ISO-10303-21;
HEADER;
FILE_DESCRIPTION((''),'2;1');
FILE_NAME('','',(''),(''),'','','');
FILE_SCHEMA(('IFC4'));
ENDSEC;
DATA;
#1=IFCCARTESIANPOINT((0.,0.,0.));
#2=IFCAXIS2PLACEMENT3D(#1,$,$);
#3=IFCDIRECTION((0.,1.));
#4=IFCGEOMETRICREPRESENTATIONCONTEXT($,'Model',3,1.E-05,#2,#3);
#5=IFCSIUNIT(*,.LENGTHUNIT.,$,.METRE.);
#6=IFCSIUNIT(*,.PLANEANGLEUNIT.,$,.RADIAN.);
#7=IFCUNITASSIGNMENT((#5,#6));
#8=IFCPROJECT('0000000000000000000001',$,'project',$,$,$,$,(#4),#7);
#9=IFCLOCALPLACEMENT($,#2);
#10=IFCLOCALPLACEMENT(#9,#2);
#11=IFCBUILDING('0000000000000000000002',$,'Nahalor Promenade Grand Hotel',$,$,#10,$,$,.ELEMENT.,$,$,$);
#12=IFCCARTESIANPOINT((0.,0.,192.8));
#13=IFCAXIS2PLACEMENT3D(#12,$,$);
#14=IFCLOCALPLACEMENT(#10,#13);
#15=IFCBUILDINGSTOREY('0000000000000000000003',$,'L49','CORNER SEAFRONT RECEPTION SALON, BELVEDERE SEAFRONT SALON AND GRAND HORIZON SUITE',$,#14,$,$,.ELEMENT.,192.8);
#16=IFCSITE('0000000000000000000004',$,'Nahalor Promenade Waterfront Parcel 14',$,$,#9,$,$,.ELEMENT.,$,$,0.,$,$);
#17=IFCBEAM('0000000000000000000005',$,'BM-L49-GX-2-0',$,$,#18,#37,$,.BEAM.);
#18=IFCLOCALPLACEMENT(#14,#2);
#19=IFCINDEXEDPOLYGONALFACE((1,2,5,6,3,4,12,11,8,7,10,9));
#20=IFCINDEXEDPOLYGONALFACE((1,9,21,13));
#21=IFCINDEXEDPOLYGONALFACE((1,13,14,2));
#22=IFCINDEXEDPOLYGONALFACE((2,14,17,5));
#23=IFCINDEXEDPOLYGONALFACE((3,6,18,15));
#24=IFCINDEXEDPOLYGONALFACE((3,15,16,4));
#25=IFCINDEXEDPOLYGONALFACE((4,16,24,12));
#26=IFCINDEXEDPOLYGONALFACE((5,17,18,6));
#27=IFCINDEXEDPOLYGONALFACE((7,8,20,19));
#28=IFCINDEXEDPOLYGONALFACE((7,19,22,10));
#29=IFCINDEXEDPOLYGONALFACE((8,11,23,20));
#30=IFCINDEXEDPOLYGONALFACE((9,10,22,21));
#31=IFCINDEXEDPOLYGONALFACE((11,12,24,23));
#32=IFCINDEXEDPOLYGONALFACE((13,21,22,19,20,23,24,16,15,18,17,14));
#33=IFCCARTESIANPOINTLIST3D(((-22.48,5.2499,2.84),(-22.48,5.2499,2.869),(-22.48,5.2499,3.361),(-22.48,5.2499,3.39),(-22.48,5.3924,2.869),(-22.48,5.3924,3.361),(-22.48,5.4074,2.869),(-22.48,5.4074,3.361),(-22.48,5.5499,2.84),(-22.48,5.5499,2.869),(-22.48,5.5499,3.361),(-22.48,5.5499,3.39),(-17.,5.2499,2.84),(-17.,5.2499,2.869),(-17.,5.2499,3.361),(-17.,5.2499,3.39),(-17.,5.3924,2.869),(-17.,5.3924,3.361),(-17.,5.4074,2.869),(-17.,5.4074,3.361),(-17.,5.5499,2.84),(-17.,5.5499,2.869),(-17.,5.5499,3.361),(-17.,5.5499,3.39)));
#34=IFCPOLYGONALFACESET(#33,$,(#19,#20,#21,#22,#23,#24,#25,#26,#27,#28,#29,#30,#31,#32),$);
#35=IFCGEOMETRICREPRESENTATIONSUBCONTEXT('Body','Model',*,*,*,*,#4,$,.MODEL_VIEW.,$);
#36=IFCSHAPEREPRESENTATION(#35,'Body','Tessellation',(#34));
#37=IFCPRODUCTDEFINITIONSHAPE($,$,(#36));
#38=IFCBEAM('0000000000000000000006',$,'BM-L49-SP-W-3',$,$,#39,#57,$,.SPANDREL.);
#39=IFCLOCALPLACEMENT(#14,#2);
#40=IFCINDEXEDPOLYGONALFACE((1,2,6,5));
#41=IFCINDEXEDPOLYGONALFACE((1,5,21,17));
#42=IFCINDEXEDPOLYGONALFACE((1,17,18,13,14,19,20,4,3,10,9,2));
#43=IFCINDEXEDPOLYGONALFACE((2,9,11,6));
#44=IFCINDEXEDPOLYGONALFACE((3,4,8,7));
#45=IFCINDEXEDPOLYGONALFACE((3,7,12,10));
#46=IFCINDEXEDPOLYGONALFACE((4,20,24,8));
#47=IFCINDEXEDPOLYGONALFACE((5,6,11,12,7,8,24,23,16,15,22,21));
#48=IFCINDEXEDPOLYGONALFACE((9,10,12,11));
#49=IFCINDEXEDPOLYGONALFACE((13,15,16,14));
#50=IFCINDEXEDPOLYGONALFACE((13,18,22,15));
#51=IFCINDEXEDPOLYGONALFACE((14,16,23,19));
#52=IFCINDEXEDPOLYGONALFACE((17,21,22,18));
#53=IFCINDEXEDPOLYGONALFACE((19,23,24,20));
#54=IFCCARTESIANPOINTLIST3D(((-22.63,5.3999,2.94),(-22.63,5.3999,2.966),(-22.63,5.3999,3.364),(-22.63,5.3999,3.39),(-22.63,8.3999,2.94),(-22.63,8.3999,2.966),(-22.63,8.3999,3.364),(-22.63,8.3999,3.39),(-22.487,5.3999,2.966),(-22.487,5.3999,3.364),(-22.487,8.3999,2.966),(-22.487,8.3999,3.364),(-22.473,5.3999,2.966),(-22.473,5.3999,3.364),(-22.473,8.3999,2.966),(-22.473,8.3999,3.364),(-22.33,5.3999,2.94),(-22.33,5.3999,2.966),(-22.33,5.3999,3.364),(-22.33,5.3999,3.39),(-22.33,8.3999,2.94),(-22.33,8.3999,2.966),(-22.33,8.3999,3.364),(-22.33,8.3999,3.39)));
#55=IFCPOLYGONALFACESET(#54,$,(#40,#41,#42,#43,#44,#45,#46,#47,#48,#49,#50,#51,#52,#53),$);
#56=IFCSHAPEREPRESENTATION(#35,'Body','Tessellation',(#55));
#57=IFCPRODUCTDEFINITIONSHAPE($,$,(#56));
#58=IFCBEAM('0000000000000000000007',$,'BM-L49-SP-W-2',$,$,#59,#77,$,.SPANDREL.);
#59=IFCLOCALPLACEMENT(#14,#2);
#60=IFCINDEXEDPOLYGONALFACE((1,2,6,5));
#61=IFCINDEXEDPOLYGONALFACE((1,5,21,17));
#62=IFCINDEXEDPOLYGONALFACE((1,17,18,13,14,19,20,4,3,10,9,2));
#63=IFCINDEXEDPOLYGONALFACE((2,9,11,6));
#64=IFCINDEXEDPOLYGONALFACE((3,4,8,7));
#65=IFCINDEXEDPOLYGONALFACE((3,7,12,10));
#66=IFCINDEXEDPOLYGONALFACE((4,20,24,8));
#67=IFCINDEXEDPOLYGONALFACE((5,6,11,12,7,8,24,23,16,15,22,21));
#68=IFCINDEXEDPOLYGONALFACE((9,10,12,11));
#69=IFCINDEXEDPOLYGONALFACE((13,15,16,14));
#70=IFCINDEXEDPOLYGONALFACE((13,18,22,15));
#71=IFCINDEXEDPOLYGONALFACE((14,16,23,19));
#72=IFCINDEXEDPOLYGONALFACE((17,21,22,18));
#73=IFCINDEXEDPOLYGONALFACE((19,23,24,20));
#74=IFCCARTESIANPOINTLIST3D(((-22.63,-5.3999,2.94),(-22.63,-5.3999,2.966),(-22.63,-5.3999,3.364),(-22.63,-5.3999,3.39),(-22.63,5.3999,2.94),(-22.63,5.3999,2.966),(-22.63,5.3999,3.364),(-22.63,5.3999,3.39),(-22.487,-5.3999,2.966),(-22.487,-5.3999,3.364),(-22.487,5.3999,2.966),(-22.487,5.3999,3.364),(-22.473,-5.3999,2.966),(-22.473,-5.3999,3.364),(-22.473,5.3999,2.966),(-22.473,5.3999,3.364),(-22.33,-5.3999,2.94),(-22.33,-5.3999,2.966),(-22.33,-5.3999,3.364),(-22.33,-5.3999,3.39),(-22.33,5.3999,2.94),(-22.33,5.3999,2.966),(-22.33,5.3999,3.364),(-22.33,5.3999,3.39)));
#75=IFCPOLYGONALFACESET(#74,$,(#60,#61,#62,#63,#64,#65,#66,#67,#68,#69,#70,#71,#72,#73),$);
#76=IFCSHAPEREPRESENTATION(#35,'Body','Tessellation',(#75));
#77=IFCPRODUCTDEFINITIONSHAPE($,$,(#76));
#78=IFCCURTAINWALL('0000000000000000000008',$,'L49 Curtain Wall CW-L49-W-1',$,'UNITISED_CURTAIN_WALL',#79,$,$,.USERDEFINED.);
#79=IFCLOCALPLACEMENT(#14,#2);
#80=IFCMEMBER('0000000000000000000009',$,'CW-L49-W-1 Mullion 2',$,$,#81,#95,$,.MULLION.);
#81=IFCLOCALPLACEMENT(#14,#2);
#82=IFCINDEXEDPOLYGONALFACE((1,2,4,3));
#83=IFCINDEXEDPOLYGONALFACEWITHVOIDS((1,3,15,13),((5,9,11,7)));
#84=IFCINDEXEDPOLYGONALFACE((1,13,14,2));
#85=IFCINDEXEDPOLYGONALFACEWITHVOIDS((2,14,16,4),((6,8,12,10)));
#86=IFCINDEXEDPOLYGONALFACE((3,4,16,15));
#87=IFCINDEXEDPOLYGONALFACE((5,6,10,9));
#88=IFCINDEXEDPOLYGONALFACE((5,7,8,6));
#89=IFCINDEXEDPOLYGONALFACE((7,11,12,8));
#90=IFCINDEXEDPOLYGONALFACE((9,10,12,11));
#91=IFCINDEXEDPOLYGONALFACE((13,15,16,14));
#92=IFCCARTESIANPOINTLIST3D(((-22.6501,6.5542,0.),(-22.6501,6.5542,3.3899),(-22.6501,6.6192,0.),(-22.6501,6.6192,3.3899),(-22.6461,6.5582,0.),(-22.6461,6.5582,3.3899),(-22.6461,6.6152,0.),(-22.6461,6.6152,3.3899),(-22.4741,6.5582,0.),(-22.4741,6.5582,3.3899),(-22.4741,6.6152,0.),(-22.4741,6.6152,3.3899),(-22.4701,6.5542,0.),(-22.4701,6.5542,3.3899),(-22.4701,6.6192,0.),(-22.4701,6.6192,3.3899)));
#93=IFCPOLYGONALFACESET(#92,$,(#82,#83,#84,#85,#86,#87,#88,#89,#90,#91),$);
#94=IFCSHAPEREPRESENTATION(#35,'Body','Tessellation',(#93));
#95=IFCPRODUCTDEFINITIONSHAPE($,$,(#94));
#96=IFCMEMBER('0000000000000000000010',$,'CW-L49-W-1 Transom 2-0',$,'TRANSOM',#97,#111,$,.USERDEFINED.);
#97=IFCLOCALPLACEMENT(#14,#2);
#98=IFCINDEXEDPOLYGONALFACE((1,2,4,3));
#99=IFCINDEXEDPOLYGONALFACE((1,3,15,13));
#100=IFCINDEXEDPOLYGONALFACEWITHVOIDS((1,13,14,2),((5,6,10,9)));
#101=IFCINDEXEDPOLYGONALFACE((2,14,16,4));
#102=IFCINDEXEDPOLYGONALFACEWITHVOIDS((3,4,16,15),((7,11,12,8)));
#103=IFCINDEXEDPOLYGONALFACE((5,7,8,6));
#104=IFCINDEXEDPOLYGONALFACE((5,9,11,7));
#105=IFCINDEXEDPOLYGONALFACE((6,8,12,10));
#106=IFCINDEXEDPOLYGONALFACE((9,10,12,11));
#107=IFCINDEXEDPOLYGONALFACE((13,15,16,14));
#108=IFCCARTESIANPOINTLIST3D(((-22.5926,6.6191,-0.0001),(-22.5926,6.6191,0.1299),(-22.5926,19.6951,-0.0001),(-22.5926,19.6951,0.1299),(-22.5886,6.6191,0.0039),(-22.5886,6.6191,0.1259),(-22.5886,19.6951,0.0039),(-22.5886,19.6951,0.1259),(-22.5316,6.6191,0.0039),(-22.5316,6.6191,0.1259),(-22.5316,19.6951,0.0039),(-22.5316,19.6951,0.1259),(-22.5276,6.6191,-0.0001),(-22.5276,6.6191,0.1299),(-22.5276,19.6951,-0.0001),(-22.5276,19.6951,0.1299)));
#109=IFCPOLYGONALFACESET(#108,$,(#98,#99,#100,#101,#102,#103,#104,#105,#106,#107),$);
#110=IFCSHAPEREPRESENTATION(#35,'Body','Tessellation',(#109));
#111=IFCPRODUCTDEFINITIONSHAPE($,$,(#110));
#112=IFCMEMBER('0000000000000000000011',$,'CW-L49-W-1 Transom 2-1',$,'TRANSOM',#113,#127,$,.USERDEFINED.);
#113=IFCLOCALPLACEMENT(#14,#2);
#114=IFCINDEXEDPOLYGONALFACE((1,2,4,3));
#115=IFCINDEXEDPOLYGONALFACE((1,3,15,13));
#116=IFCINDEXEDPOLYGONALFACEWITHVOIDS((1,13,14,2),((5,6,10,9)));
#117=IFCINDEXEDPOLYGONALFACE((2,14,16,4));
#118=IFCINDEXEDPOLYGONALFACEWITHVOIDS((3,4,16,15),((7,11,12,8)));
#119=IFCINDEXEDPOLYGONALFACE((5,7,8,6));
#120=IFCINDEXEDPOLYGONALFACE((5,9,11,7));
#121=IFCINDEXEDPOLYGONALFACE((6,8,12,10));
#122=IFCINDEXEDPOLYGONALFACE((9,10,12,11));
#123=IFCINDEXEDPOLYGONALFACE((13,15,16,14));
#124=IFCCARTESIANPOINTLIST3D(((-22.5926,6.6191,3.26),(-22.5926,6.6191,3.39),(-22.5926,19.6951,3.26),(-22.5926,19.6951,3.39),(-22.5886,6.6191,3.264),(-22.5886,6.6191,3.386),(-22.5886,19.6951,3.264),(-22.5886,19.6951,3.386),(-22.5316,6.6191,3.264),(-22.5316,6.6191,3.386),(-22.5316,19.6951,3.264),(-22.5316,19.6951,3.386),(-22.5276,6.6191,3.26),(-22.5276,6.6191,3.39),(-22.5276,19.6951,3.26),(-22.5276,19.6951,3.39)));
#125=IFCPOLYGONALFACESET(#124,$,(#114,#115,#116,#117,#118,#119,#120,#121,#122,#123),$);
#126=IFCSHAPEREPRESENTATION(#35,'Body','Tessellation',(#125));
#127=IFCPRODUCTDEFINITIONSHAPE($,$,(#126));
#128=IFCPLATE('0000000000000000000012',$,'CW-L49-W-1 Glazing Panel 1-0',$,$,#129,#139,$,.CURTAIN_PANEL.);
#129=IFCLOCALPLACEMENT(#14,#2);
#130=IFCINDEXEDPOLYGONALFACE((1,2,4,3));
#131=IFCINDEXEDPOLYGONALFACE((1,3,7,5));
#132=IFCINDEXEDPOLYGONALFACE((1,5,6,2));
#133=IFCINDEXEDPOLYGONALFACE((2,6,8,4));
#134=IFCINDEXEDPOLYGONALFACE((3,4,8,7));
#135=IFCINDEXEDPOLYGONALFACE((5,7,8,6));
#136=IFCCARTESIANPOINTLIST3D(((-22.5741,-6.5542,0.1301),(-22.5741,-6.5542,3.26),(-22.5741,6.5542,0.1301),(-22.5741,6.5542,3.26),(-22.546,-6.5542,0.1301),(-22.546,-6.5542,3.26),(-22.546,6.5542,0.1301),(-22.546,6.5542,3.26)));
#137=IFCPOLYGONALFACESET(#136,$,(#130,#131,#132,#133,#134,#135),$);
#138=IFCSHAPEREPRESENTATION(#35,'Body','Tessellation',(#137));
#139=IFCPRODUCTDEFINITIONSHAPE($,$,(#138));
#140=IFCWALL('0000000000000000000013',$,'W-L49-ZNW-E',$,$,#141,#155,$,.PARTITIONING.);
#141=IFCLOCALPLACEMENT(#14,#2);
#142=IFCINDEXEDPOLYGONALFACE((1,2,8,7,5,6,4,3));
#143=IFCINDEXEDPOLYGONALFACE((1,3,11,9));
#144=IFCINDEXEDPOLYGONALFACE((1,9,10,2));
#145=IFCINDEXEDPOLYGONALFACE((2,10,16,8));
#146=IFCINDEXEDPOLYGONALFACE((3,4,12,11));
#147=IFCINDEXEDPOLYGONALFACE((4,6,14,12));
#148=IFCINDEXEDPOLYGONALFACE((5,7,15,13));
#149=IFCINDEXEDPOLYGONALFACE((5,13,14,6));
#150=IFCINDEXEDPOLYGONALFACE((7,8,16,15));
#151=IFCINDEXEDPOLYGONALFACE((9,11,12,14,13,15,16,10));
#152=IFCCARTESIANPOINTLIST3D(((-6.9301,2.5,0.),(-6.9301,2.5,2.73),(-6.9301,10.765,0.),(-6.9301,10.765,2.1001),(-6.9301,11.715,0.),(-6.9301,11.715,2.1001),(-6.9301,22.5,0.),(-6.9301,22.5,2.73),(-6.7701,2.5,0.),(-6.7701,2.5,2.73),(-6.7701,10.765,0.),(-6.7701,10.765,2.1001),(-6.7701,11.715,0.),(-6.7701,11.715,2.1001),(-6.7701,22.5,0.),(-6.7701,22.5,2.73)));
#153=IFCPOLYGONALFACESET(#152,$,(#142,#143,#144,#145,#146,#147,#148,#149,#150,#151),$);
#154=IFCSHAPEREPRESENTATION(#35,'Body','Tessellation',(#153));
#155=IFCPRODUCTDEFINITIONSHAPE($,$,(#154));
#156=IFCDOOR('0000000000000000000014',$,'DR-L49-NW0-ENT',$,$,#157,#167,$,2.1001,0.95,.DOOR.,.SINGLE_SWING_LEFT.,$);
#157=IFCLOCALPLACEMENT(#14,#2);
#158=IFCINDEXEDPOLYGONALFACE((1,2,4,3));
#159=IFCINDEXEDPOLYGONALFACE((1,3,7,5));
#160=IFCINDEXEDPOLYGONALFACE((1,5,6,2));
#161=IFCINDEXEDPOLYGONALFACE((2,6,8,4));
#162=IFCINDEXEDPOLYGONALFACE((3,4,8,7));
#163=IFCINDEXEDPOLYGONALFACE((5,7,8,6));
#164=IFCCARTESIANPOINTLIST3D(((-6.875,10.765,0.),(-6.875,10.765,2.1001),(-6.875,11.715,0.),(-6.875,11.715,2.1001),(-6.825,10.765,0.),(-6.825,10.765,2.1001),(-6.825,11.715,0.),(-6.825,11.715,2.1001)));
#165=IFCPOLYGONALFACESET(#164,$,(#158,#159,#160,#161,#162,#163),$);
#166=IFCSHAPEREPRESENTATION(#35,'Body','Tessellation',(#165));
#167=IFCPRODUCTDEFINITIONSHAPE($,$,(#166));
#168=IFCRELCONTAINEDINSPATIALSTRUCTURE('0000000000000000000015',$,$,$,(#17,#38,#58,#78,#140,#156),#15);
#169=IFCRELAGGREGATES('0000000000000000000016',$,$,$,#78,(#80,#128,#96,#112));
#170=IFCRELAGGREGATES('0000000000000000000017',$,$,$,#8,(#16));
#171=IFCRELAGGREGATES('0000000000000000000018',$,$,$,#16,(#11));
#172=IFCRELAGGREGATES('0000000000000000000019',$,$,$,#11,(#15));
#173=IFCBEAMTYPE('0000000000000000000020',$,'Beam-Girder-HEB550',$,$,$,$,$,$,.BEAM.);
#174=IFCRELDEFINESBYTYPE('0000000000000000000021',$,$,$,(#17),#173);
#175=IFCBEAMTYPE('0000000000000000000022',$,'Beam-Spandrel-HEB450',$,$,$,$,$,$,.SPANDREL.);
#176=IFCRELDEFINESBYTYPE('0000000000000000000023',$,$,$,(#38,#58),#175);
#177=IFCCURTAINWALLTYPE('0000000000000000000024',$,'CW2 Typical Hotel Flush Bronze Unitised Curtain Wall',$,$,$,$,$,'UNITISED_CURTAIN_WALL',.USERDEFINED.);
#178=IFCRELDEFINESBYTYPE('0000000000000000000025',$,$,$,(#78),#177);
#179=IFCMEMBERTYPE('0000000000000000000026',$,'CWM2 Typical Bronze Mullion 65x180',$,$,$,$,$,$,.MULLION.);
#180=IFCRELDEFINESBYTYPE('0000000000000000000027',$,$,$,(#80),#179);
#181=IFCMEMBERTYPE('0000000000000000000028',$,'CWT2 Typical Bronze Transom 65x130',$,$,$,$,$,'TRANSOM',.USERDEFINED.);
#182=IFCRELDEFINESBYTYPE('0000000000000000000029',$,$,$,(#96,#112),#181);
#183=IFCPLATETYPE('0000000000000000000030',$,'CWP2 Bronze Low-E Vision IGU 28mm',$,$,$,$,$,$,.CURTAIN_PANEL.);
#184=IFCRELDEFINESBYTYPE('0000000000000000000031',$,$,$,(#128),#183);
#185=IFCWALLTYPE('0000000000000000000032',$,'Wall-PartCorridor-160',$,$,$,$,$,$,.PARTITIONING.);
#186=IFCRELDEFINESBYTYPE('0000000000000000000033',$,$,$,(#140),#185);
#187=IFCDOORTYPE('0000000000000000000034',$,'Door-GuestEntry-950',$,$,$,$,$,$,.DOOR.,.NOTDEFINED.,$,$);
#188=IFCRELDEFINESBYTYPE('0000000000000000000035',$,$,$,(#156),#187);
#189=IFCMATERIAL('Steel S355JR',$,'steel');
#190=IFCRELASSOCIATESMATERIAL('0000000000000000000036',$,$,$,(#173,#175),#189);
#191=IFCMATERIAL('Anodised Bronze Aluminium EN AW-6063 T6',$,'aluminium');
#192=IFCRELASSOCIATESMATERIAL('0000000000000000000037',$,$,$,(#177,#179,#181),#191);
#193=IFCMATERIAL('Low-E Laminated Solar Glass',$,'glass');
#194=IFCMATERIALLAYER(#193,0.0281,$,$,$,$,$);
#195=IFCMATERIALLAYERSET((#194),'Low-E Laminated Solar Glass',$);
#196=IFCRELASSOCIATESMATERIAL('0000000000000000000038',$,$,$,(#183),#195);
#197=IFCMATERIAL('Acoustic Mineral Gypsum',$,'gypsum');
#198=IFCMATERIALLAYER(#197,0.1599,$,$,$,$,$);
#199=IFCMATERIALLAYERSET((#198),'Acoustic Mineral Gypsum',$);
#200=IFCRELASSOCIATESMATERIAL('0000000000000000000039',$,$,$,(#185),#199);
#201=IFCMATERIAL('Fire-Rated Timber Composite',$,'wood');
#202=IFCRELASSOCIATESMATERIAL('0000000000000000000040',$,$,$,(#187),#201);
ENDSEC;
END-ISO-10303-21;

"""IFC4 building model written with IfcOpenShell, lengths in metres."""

from ifc_helpers import new_model, si_unit, direction, frame, frame_2d, origin, origin_2d, place, context, subcontext, project, spatial, rectangle, hollow_rectangle, i_section, extrude, source, transform, mapped, material, layer, layer_set, material_profile, profile_set, type_object, element, fill, aggregate, save


model = new_model("IFC4")

# Units and contexts
model_context = context("Model", 3, precision=1e-05, world=origin(), true_north=direction((0.0, 1.0)))
body_context = subcontext(model_context, "Body", "Model", "MODEL_VIEW")
ifc_project = project(units=[si_unit("LENGTHUNIT", "METRE"), si_unit("PLANEANGLEUNIT", "RADIAN")], contexts=[model_context])

# Site, building, storey
site_placement = place(None, origin())
site = spatial("IfcSite", under=ifc_project, at=site_placement, Name="Nahalor Promenade Waterfront Parcel 14", CompositionType="ELEMENT", RefElevation=0.0)
building_placement = place(site_placement, origin())
building = spatial("IfcBuilding", under=site, at=building_placement, Name="Nahalor Promenade Grand Hotel", CompositionType="ELEMENT")
storey_placement = place(building_placement, frame((0.0, 0.0, 192.8)))
storey = spatial("IfcBuildingStorey", under=building, at=storey_placement, Name="L49", Description="CORNER SEAFRONT RECEPTION SALON, BELVEDERE SEAFRONT SALON AND GRAND HORIZON SUITE", CompositionType="ELEMENT", Elevation=192.8)

# Beams
ifc_material_1 = material(Name="Steel S355JR", Category="steel")
ifc_material_profile_1 = material_profile(ifc_material_1, i_section(OverallWidth=0.3, OverallDepth=0.55, WebThickness=0.015, FlangeThickness=0.029, at=origin_2d()), Name="HEB 550")
ifc_profile_set_1 = profile_set([ifc_material_profile_1], Name="Steel S355JR")
beam_type_1 = type_object("IfcBeamType", Name="Beam-Girder-HEB550", PredefinedType="BEAM", material=ifc_profile_set_1)
shared_shape_1 = source(origin(), body_context, "Body", "SweptSolid", [
    extrude(i_section(OverallWidth=0.3, OverallDepth=0.55, WebThickness=0.015, FlangeThickness=0.029, at=origin_2d()), origin(), (0.0, 0.0, 1.0), 5.48),
])
beam_1_placement = place(storey_placement, frame((-22.48, 5.3999, 3.115), z_axis=(1.0, 0.0, 0.0), x_axis=(0.0, 1.0, 0.0)))
element("IfcBeam", 1, at=beam_1_placement, inside=storey, type_object=beam_type_1, Name="BM-L49-GX-2-0", PredefinedType="BEAM", context=body_context, shape_type="MappedRepresentation", body=[
    mapped(shared_shape_1, transform((0.0, 0.0, 0.0), scale=1.0)),
])
ifc_material_profile_2 = material_profile(ifc_material_1, i_section(OverallWidth=0.3, OverallDepth=0.45, WebThickness=0.014, FlangeThickness=0.026, at=origin_2d()), Name="HEB 450")
ifc_profile_set_2 = profile_set([ifc_material_profile_2], Name="Steel S355JR")
beam_type_2 = type_object("IfcBeamType", Name="Beam-Spandrel-HEB450", PredefinedType="SPANDREL", material=ifc_profile_set_2)
shared_shape_2 = source(origin(), body_context, "Body", "SweptSolid", [
    extrude(i_section(OverallWidth=0.3, OverallDepth=0.45, WebThickness=0.014, FlangeThickness=0.026, at=origin_2d()), origin(), (0.0, 0.0, 1.0), 3.0),
])
beam_2_placement = place(storey_placement, frame((-22.48, 5.3999, 3.165), z_axis=(0.0, 1.0, 0.0), x_axis=(-1.0, 0.0, 0.0)))
element("IfcBeam", 2, at=beam_2_placement, inside=storey, type_object=beam_type_2, Name="BM-L49-SP-W-3", PredefinedType="SPANDREL", context=body_context, shape_type="MappedRepresentation", body=[
    mapped(shared_shape_2, transform((0.0, 0.0, 0.0), scale=1.0)),
])
shared_shape_3 = source(origin(), body_context, "Body", "SweptSolid", [
    extrude(i_section(OverallWidth=0.3, OverallDepth=0.45, WebThickness=0.014, FlangeThickness=0.026, at=origin_2d()), origin(), (0.0, 0.0, 1.0), 10.7998),
])
beam_3_placement = place(storey_placement, frame((-22.48, -5.3999, 3.165), z_axis=(0.0, 1.0, 0.0), x_axis=(-1.0, 0.0, 0.0)))
element("IfcBeam", 3, at=beam_3_placement, inside=storey, type_object=beam_type_2, Name="BM-L49-SP-W-2", PredefinedType="SPANDREL", context=body_context, shape_type="MappedRepresentation", body=[
    mapped(shared_shape_3, transform((0.0, 0.0, 0.0), scale=1.0)),
])

# Curtain wall, members, plate
ifc_material_2 = material(Name="Anodised Bronze Aluminium EN AW-6063 T6", Category="aluminium")
curtain_wall_type = type_object("IfcCurtainWallType", Name="CW2 Typical Hotel Flush Bronze Unitised Curtain Wall", ElementType="UNITISED_CURTAIN_WALL", PredefinedType="USERDEFINED", material=ifc_material_2)
curtain_wall_placement = place(storey_placement, origin())
curtain_wall = element("IfcCurtainWall", 4, at=curtain_wall_placement, inside=storey, type_object=curtain_wall_type, Name="L49 Curtain Wall CW-L49-W-1", ObjectType="UNITISED_CURTAIN_WALL", PredefinedType="USERDEFINED")
ifc_material_profile_3 = material_profile(ifc_material_2, hollow_rectangle(XDim=0.065, YDim=0.18, WallThickness=0.004, at=origin_2d()), Name="CWM 65x180x4")
ifc_profile_set_3 = profile_set([ifc_material_profile_3], Name="Anodised Bronze Aluminium EN AW-6063 T6")
member_type_1 = type_object("IfcMemberType", Name="CWM2 Typical Bronze Mullion 65x180", PredefinedType="MULLION", material=ifc_profile_set_3)
shared_shape_4 = source(origin(), body_context, "Body", "SweptSolid", [
    extrude(hollow_rectangle(XDim=0.065, YDim=0.18, WallThickness=0.004, at=origin_2d()), origin(), (0.0, 0.0, 1.0), 3.3899),
])
member_1_placement = place(storey_placement, frame((-22.5601, 6.5867, 0.0), z_axis=(0.0, 0.0, 1.0), x_axis=(0.0, 1.0, 0.0)))
member_1 = element("IfcMember", 5, at=member_1_placement, type_object=member_type_1, Name="CW-L49-W-1 Mullion 2", PredefinedType="MULLION", context=body_context, shape_type="MappedRepresentation", body=[
    mapped(shared_shape_4, transform((0.0, 0.0, 0.0), scale=1.0)),
])
ifc_material_profile_4 = material_profile(ifc_material_2, hollow_rectangle(XDim=0.065, YDim=0.13, WallThickness=0.004, at=origin_2d()), Name="CWT 65x130x4")
ifc_profile_set_4 = profile_set([ifc_material_profile_4], Name="Anodised Bronze Aluminium EN AW-6063 T6")
member_type_2 = type_object("IfcMemberType", Name="CWT2 Typical Bronze Transom 65x130", ElementType="TRANSOM", PredefinedType="USERDEFINED", material=ifc_profile_set_4)
shared_shape_5 = source(origin(), body_context, "Body", "SweptSolid", [
    extrude(hollow_rectangle(XDim=0.065, YDim=0.13, WallThickness=0.004, at=origin_2d()), origin(), (0.0, 0.0, 1.0), 13.0759),
])
member_2_placement = place(storey_placement, frame((-22.5601, 6.6191, 0.0649), z_axis=(0.0, 1.0, 0.0), x_axis=(-1.0, 0.0, 0.0)))
member_2 = element("IfcMember", 6, at=member_2_placement, type_object=member_type_2, Name="CW-L49-W-1 Transom 2-0", ObjectType="TRANSOM", PredefinedType="USERDEFINED", context=body_context, shape_type="MappedRepresentation", body=[
    mapped(shared_shape_5, transform((0.0, 0.0, 0.0), scale=1.0)),
])
member_3_placement = place(storey_placement, frame((-22.5601, 6.6191, 3.325), z_axis=(0.0, 1.0, 0.0), x_axis=(-1.0, 0.0, 0.0)))
member_3 = element("IfcMember", 7, at=member_3_placement, type_object=member_type_2, Name="CW-L49-W-1 Transom 2-1", ObjectType="TRANSOM", PredefinedType="USERDEFINED", context=body_context, shape_type="MappedRepresentation", body=[
    mapped(shared_shape_5, transform((0.0, 0.0, 0.0), scale=1.0)),
])
ifc_material_3 = material(Name="Low-E Laminated Solar Glass", Category="glass")
ifc_layer_1 = layer(ifc_material_3, 0.0281)
ifc_layer_set_1 = layer_set([ifc_layer_1], Name="Low-E Laminated Solar Glass")
plate_type = type_object("IfcPlateType", Name="CWP2 Bronze Low-E Vision IGU 28mm", PredefinedType="CURTAIN_PANEL", material=ifc_layer_set_1)
shared_shape_6 = source(origin(), body_context, "Body", "SweptSolid", [
    extrude(rectangle(XDim=13.1084, YDim=0.0281, at=origin_2d()), origin(), (0.0, 0.0, 1.0), 3.1299),
])
plate_placement = place(storey_placement, frame((-22.5601, 0.0, 0.1301), z_axis=(0.0, 0.0, 1.0), x_axis=(0.0, 1.0, 0.0)))
plate = element("IfcPlate", 8, at=plate_placement, type_object=plate_type, Name="CW-L49-W-1 Glazing Panel 1-0", PredefinedType="CURTAIN_PANEL", context=body_context, shape_type="MappedRepresentation", body=[
    mapped(shared_shape_6, transform((0.0, 0.0, 0.0), scale=1.0)),
])
aggregate(curtain_wall, [member_1, plate, member_2, member_3])

# Wall, opening, door
ifc_material_4 = material(Name="Acoustic Mineral Gypsum", Category="gypsum")
ifc_layer_2 = layer(ifc_material_4, 0.1599)
ifc_layer_set_2 = layer_set([ifc_layer_2], Name="Acoustic Mineral Gypsum")
wall_type_1 = type_object("IfcWallType", Name="Wall-PartCorridor-160", PredefinedType="PARTITIONING", material=ifc_layer_set_2)
shared_shape_7 = source(origin(), body_context, "Body", "SweptSolid", [
    extrude(rectangle(XDim=20.0, YDim=0.1599, at=frame_2d((10.0, 0.0))), origin(), (0.0, 0.0, 1.0), 2.73),
])
wall_1_placement = place(storey_placement, frame((-6.8501, 2.5, 0.0), z_axis=(0.0, 0.0, 1.0), x_axis=(0.0, 1.0, 0.0)))
wall_1 = element("IfcWall", 9, at=wall_1_placement, inside=storey, type_object=wall_type_1, Name="W-L49-ZNW-E", PredefinedType="PARTITIONING", context=body_context, shape_type="MappedRepresentation", body=[
    mapped(shared_shape_7, transform((0.0, 0.0, 0.0), scale=1.0)),
])
opening_1_placement = place(wall_1_placement, frame((8.2649, 0.0, 0.0)))
opening_1 = element("IfcOpeningElement", 10, at=opening_1_placement, cuts=wall_1, PredefinedType="OPENING", context=body_context, shape_type="SweptSolid", body=[
    extrude(rectangle(XDim=0.95, YDim=2.1001, at=frame_2d((0.4751, 1.05))), frame((0.0, 0.0898, 0.0), z_axis=(0.0, -1.0, 0.0), x_axis=(1.0, 0.0, 0.0)), (0.0, 0.0, 1.0), 0.1799),
])
ifc_material_5 = material(Name="Fire-Rated Timber Composite", Category="wood")
door_type_1 = type_object("IfcDoorType", Name="Door-GuestEntry-950", OperationType="NOTDEFINED", PredefinedType="DOOR", material=ifc_material_5)
shared_shape_8 = source(origin(), body_context, "Body", "SweptSolid", [
    extrude(rectangle(XDim=0.95, YDim=2.1001, at=frame_2d((0.4751, 1.05))), frame((0.0, 0.0249, 0.0), z_axis=(0.0, -1.0, 0.0), x_axis=(1.0, 0.0, 0.0)), (0.0, 0.0, 1.0), 0.05),
])
door_1_placement = place(opening_1_placement, origin())
door_1 = element("IfcDoor", 11, at=door_1_placement, inside=storey, type_object=door_type_1, Name="DR-L49-NW0-ENT", OperationType="SINGLE_SWING_LEFT", OverallHeight=2.1001, OverallWidth=0.95, PredefinedType="DOOR", context=body_context, shape_type="MappedRepresentation", body=[
    mapped(shared_shape_8, transform((0.0, 0.0, 0.0), scale=1.0)),
])
fill(opening_1, door_1)

save(model, "model.ifc")
